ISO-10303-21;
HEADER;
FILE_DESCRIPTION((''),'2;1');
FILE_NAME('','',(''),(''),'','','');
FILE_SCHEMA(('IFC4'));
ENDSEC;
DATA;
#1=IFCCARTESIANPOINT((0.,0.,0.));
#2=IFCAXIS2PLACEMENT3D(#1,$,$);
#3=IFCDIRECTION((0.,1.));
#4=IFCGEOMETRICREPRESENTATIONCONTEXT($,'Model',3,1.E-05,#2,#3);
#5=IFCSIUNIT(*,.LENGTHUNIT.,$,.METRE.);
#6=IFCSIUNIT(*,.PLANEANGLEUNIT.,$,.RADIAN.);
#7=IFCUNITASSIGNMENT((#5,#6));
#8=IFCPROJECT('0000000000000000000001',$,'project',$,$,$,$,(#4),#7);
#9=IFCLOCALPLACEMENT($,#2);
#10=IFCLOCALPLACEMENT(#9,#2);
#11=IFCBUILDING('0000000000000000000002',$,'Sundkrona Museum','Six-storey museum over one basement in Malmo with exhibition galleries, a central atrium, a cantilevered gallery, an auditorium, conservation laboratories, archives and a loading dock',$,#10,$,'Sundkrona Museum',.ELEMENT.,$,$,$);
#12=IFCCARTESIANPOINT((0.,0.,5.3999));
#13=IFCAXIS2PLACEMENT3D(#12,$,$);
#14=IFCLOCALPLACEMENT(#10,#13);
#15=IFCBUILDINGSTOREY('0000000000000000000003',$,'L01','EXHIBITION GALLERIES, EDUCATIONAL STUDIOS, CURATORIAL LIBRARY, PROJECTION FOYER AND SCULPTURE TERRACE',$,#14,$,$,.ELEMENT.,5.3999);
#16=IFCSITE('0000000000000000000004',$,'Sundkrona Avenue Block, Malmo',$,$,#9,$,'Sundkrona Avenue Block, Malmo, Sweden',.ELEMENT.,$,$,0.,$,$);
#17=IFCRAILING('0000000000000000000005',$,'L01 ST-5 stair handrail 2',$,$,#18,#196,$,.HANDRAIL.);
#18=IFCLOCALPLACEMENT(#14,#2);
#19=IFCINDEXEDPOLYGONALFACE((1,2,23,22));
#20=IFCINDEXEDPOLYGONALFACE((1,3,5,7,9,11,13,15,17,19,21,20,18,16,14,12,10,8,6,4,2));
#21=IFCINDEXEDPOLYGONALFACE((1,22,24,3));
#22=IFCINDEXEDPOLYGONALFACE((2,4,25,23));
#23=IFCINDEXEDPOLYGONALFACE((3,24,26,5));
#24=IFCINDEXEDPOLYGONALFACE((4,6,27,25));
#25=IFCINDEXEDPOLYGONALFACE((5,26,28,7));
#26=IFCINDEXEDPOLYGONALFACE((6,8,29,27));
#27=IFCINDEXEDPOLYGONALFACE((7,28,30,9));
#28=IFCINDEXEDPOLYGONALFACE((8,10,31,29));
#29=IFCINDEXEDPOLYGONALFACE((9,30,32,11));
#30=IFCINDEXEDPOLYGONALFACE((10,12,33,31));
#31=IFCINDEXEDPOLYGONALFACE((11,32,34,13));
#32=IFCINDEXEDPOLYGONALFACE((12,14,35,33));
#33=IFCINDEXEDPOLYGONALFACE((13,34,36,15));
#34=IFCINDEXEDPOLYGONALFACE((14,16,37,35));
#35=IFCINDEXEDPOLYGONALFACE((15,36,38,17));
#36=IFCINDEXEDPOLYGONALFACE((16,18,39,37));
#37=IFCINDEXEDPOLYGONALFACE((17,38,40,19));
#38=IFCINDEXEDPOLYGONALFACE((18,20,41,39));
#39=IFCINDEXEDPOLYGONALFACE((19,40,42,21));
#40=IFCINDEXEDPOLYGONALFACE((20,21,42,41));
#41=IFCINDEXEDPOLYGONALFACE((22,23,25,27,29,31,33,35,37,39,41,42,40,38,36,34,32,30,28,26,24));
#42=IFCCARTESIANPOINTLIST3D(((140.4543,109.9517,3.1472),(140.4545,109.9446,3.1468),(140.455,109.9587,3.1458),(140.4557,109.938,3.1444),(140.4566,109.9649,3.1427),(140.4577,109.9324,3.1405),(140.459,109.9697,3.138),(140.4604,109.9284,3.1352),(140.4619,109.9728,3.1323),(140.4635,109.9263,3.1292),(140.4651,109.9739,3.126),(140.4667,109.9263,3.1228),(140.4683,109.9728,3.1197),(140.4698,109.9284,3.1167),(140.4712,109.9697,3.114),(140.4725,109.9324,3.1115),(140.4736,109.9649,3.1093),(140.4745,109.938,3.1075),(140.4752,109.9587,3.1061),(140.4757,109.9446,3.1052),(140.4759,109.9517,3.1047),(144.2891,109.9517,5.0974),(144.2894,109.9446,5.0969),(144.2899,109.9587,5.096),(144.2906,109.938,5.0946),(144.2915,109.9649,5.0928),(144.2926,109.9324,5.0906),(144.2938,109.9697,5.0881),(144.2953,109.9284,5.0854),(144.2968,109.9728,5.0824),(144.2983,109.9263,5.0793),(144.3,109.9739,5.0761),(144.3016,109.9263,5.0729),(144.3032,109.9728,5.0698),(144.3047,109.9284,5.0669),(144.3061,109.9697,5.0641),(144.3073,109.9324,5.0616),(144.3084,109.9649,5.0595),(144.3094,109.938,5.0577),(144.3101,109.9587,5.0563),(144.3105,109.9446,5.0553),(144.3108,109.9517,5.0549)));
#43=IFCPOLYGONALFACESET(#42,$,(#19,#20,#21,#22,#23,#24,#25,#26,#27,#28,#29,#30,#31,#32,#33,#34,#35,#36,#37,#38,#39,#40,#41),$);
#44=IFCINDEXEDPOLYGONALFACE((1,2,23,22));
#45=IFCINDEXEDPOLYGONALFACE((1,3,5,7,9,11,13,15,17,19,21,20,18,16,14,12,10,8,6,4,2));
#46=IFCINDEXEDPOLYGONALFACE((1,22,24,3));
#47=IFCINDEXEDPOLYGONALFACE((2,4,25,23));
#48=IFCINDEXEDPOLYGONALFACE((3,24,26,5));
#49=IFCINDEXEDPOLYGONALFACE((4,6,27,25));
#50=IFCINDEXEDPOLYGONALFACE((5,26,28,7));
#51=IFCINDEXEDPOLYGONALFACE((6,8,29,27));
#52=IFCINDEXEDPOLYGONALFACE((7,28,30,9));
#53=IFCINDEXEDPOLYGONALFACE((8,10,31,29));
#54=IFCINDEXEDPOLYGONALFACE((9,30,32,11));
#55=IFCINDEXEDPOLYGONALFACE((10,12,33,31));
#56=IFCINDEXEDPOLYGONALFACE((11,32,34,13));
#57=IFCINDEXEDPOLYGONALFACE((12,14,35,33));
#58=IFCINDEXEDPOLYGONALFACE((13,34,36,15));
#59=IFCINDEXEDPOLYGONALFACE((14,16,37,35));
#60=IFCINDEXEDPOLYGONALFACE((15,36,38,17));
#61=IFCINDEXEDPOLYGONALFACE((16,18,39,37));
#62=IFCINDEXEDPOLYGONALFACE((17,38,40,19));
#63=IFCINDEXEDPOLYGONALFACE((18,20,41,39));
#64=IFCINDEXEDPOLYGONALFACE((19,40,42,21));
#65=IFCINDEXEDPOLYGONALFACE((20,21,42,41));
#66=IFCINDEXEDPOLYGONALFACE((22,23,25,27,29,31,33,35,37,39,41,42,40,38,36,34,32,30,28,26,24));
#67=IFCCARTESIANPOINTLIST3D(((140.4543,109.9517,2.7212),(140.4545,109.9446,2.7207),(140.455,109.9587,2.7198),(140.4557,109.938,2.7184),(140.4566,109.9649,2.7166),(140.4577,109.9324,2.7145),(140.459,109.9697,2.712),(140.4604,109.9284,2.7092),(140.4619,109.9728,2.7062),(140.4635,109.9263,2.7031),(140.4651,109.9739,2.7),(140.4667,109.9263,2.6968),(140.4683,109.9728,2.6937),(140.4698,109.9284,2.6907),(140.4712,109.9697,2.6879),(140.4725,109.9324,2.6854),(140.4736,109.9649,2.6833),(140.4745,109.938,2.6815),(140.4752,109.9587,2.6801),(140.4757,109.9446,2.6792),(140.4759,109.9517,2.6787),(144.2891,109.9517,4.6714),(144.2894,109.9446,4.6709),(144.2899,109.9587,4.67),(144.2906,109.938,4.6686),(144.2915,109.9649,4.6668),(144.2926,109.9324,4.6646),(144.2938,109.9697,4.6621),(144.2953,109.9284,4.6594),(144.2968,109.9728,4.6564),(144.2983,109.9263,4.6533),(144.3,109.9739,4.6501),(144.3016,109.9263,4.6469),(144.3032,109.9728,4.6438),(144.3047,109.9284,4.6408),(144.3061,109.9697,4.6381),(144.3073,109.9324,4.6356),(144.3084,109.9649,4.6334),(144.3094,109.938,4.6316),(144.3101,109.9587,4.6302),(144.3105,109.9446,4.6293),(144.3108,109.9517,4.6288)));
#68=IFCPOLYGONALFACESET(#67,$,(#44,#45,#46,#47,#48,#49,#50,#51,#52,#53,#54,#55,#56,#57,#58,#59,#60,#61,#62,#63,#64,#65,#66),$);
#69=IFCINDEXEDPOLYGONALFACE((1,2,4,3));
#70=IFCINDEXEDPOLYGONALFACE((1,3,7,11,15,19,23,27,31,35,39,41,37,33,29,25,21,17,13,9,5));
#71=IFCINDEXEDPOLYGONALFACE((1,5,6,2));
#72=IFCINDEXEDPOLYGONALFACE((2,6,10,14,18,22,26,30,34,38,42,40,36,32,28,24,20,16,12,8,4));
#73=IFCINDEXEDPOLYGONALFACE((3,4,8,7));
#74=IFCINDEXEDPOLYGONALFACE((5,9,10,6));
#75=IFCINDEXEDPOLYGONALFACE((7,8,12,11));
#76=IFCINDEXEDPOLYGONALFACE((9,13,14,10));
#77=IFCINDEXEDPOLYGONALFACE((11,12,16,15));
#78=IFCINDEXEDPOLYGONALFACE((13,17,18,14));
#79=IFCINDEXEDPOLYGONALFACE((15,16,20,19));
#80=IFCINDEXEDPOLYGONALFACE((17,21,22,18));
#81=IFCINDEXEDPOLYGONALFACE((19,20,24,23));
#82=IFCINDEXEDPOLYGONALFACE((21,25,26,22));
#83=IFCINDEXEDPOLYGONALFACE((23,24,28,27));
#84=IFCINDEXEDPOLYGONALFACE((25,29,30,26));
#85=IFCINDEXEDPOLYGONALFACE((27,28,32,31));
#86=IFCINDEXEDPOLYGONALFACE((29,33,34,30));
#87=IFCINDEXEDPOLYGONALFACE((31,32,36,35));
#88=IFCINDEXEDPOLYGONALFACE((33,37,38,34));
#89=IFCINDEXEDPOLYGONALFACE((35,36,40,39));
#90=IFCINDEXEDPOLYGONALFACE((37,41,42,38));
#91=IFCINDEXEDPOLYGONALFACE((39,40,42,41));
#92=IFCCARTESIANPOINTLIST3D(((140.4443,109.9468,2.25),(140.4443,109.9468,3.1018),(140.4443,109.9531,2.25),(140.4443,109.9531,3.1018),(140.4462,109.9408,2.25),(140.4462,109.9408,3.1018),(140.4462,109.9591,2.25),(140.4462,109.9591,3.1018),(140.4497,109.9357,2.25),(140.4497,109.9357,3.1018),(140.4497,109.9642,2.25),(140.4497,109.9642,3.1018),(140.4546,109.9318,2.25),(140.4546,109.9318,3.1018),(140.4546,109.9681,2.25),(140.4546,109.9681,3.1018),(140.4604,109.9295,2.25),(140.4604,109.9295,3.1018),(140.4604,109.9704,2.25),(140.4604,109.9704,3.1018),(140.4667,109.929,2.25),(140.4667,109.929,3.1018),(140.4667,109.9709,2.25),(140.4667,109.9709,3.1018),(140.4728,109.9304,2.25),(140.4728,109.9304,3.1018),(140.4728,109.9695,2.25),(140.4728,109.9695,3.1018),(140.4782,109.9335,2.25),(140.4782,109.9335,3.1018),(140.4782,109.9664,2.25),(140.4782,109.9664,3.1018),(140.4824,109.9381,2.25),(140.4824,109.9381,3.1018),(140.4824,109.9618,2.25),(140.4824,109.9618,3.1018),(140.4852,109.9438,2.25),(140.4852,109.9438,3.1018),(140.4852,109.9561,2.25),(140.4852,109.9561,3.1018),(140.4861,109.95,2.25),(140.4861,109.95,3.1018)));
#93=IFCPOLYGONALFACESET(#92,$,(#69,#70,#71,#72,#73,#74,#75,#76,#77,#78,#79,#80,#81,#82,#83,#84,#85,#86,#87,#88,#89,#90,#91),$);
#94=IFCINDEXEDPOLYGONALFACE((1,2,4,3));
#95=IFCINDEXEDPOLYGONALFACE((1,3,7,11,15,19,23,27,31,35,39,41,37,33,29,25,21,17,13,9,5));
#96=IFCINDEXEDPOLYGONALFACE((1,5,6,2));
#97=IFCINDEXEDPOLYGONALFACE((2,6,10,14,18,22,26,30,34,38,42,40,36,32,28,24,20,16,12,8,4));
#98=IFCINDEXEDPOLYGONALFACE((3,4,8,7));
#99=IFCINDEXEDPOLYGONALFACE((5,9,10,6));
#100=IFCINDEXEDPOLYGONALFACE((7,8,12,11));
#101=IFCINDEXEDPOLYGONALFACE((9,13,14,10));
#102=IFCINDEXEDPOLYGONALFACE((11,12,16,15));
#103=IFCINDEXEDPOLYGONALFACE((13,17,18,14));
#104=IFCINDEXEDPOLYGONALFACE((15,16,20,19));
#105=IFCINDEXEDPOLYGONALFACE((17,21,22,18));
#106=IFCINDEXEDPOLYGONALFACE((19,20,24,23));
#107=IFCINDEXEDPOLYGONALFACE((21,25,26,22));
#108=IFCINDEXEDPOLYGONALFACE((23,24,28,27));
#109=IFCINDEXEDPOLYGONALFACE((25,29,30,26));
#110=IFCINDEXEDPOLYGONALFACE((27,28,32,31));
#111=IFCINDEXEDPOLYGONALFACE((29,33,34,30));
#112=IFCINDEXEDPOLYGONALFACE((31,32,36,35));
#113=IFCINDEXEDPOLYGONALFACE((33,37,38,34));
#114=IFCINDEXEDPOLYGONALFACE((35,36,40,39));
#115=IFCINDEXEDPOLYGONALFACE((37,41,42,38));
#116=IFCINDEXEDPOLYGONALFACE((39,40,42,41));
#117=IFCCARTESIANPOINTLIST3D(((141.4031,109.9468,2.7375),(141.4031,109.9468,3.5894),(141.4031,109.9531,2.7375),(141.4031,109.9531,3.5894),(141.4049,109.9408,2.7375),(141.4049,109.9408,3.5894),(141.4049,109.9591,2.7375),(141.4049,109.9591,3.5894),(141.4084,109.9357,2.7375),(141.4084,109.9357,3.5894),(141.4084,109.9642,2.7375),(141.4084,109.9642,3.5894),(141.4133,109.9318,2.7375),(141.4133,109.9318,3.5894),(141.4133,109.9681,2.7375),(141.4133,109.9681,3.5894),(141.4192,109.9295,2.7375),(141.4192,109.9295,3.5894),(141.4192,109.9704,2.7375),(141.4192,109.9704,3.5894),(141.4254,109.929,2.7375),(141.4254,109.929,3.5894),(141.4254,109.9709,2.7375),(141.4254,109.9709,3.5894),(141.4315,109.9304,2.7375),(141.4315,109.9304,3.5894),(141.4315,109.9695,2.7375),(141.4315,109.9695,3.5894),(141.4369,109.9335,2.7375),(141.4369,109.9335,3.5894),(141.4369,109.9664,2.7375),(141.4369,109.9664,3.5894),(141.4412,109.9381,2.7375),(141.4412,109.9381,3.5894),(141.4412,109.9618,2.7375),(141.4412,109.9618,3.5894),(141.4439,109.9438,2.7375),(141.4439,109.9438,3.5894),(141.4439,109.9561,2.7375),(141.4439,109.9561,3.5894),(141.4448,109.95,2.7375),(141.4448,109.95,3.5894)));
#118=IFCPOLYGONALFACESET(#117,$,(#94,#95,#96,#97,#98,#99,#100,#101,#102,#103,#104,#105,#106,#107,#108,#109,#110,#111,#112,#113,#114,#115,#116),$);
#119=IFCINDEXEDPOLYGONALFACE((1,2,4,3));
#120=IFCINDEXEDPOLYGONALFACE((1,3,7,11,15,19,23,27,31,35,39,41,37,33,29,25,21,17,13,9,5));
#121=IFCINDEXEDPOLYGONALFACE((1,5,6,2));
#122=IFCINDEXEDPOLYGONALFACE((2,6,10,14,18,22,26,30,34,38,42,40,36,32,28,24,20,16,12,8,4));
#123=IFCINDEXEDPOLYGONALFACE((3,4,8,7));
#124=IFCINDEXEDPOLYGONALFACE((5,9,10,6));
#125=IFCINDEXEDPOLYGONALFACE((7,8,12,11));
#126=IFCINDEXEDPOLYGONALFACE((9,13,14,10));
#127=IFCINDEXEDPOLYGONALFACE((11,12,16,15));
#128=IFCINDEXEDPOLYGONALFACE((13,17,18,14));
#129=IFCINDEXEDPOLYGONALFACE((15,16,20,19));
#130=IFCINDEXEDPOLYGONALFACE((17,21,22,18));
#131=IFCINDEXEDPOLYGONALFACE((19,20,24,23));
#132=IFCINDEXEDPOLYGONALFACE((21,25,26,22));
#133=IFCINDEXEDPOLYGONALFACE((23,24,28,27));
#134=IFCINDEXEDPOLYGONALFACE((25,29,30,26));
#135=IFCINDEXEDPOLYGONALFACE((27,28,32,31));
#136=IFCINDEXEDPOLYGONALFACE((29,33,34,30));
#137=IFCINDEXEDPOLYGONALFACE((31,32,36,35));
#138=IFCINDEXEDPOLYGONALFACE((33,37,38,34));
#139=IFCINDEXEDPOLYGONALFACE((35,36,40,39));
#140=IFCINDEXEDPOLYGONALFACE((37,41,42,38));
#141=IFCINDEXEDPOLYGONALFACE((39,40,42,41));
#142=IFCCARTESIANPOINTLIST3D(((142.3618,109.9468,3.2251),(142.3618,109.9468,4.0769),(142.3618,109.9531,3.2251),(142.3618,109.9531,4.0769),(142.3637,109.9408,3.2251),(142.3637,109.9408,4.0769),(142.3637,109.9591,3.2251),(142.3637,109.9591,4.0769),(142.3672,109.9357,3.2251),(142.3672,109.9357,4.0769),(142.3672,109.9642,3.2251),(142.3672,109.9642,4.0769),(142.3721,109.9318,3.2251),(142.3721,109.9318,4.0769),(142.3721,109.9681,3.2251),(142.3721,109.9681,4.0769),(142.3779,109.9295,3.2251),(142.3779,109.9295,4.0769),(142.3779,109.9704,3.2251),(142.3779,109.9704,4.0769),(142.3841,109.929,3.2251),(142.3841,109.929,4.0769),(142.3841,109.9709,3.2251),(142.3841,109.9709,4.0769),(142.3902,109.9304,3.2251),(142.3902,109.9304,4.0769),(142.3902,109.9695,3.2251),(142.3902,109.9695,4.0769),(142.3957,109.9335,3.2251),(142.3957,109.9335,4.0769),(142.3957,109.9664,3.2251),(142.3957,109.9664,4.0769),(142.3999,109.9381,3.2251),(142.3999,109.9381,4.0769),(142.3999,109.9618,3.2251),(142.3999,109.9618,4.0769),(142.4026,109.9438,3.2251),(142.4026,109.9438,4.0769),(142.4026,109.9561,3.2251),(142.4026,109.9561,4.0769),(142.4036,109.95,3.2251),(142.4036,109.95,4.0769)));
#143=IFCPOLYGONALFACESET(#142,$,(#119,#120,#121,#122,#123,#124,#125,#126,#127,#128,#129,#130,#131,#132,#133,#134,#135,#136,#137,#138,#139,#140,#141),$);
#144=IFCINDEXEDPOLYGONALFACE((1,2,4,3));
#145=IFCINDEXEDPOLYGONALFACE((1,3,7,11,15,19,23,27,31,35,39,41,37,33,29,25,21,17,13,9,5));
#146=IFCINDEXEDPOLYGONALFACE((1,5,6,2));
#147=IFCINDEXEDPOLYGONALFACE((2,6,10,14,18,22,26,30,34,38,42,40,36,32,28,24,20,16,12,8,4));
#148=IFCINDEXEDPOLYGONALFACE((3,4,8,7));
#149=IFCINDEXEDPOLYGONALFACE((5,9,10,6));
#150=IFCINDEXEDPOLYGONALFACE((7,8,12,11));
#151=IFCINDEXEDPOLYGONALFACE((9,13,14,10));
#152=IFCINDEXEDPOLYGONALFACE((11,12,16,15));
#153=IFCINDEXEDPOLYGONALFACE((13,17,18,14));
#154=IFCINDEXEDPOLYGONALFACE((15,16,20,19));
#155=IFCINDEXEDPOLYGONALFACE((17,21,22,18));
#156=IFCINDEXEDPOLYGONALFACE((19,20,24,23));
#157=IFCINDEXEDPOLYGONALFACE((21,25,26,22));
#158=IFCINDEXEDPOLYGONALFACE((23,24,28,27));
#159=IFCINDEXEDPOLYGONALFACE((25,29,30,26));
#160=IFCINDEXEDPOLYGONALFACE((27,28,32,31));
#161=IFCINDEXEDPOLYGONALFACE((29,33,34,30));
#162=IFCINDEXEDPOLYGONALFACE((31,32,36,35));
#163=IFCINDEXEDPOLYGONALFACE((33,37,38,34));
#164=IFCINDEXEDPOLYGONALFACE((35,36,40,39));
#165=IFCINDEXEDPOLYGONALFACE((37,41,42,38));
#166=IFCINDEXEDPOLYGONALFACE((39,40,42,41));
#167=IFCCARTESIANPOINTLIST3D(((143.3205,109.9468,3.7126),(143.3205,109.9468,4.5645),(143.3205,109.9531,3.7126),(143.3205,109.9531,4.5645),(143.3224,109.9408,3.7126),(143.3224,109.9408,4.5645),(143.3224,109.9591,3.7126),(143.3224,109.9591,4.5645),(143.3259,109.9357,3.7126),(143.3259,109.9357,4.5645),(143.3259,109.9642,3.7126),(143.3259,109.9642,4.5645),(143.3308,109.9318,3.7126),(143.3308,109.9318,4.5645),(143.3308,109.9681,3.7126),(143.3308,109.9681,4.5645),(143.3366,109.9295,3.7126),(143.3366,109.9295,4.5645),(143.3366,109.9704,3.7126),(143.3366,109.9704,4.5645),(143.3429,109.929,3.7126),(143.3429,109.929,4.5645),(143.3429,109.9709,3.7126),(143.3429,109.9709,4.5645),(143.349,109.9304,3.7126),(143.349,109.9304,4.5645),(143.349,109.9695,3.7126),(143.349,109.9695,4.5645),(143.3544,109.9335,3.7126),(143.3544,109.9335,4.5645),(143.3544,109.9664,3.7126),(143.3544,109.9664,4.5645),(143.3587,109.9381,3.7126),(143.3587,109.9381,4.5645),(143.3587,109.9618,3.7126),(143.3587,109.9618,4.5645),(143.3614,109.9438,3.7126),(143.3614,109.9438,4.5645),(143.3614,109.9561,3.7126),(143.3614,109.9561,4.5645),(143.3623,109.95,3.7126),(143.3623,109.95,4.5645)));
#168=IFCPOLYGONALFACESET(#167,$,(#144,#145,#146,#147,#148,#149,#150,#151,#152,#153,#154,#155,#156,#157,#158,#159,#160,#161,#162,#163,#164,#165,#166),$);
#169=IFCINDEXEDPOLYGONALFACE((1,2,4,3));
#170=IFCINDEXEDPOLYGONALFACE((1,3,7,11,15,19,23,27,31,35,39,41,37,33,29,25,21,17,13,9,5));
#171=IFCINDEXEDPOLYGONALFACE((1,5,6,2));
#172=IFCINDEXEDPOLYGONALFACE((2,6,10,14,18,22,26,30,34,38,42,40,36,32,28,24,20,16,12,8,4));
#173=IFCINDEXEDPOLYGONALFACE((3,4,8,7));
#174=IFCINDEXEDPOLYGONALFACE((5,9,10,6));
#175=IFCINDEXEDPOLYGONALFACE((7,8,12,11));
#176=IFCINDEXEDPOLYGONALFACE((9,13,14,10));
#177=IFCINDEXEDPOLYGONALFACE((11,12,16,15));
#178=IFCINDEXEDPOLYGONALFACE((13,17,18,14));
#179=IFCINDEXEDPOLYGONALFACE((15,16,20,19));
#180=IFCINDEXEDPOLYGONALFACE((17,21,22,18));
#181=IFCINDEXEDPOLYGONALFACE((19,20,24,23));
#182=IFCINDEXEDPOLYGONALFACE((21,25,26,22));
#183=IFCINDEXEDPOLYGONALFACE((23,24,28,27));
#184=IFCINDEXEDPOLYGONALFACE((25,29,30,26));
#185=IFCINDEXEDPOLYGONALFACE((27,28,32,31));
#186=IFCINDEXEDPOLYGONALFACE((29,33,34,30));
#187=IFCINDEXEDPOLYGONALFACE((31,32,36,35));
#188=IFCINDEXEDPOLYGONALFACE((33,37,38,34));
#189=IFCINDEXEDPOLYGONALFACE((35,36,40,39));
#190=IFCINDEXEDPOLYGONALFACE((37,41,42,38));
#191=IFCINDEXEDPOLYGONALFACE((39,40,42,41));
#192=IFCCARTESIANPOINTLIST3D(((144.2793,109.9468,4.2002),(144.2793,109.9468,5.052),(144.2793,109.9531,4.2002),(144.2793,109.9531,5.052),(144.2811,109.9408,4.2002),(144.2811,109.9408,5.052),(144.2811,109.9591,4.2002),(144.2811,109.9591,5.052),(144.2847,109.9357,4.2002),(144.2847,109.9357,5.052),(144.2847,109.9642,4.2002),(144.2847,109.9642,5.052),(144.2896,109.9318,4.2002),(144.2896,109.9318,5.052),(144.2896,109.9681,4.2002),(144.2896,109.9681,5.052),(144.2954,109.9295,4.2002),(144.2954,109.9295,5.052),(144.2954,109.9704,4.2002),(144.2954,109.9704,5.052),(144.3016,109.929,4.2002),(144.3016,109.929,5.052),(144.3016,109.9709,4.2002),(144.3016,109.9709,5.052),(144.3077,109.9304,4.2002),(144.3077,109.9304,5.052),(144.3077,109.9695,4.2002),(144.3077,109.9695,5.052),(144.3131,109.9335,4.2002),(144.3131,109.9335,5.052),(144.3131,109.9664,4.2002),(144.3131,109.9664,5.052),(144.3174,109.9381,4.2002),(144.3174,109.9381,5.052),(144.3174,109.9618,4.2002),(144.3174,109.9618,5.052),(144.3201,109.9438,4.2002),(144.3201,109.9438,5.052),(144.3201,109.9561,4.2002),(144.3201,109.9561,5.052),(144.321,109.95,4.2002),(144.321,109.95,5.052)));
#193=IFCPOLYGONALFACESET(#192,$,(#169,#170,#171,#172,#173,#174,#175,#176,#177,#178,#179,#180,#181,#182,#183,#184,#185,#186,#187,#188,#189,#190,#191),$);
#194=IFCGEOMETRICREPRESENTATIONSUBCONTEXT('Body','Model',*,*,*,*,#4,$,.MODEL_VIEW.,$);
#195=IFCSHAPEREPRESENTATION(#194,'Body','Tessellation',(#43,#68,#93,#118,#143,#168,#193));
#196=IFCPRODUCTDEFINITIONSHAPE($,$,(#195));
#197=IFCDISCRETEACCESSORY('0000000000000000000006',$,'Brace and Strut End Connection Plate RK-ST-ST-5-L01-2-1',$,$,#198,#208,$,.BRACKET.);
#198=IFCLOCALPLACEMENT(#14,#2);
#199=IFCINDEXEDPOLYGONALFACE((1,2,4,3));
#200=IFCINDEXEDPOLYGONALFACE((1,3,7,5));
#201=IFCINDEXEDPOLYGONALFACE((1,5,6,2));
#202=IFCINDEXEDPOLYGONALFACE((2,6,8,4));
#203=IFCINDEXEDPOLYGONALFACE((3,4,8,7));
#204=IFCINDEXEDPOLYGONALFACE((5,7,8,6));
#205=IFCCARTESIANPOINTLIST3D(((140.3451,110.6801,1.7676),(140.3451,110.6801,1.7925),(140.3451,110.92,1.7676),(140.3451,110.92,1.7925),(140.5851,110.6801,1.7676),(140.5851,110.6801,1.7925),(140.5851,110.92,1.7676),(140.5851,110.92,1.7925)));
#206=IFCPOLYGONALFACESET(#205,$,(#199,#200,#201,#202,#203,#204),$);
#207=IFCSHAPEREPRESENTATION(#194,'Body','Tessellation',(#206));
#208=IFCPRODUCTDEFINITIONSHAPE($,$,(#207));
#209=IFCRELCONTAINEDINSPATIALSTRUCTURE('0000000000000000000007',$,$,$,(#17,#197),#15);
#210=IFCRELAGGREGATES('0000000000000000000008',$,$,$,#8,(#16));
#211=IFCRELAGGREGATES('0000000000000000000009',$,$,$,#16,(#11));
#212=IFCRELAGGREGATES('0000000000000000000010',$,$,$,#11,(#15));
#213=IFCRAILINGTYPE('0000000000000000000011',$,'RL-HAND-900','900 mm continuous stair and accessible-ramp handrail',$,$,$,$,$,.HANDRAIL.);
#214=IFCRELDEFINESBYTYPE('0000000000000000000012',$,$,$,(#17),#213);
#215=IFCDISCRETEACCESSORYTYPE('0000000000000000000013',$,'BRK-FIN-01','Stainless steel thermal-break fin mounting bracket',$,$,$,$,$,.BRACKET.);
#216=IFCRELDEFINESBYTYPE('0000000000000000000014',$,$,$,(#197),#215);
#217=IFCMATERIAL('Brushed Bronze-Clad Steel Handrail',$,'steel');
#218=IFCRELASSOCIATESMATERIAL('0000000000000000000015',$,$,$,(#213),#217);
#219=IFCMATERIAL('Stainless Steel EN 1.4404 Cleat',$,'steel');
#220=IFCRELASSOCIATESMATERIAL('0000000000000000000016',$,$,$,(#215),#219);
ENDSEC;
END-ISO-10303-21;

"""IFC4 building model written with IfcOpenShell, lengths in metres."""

from ifc_helpers import new_model, si_unit, direction, frame, origin, origin_2d, place, context, subcontext, project, spatial, rectangle, circle, extrude, material, type_object, element, save


model = new_model("IFC4")

# Units and contexts
model_context = context("Model", 3, precision=1e-05, world=origin(), true_north=direction((0.0, 1.0)))
body_context = subcontext(model_context, "Body", "Model", "MODEL_VIEW")
ifc_project = project(units=[si_unit("LENGTHUNIT", "METRE"), si_unit("PLANEANGLEUNIT", "RADIAN")], contexts=[model_context])

# Site, building, storey
site_placement = place(None, origin())
site = spatial("IfcSite", under=ifc_project, at=site_placement, Name="Sundkrona Avenue Block, Malmo", LongName="Sundkrona Avenue Block, Malmo, Sweden", CompositionType="ELEMENT", RefElevation=0.0)
building_placement = place(site_placement, origin())
building = spatial("IfcBuilding", under=site, at=building_placement, Name="Sundkrona Museum", Description="Six-storey museum over one basement in Malmo with exhibition galleries, a central atrium, a cantilevered gallery, an auditorium, conservation laboratories, archives and a loading dock", LongName="Sundkrona Museum", CompositionType="ELEMENT")
storey_placement = place(building_placement, frame((0.0, 0.0, 5.3999)))
storey = spatial("IfcBuildingStorey", under=building, at=storey_placement, Name="L01", Description="EXHIBITION GALLERIES, EDUCATIONAL STUDIOS, CURATORIAL LIBRARY, PROJECTION FOYER AND SCULPTURE TERRACE", CompositionType="ELEMENT", Elevation=5.3999)

# Railing
ifc_material_1 = material(Name="Brushed Bronze-Clad Steel Handrail", Category="steel")
railing_type_1 = type_object("IfcRailingType", Name="RL-HAND-900", Description="900 mm continuous stair and accessible-ramp handrail", PredefinedType="HANDRAIL", material=ifc_material_1)
railing_1_placement = place(storey_placement, frame((140.4651, 109.95, 2.25)))
element("IfcRailing", 1, at=railing_1_placement, inside=storey, type_object=railing_type_1, Name="L01 ST-5 stair handrail 2", PredefinedType="HANDRAIL", context=body_context, shape_type="SweptSolid", body=[
    extrude(circle(Radius=0.0239, at=origin_2d()), frame((0.0, 0.0, 0.876), z_axis=(0.891365, 0.0, 0.453286), x_axis=(0.0, 1.0, 0.0)), (0.0, 0.0, 1.0), 4.3022),
    extrude(circle(Radius=0.0239, at=origin_2d()), frame((0.0, 0.0, 0.45), z_axis=(0.891365, 0.0, 0.453286), x_axis=(0.0, 1.0, 0.0)), (0.0, 0.0, 1.0), 4.3022),
    extrude(circle(Radius=0.021, at=origin_2d()), origin(), (0.0, 0.0, 1.0), 0.8518),
    extrude(circle(Radius=0.021, at=origin_2d()), frame((0.9587, 0.0, 0.4875)), (0.0, 0.0, 1.0), 0.8518),
    extrude(circle(Radius=0.021, at=origin_2d()), frame((1.9175, 0.0, 0.9751)), (0.0, 0.0, 1.0), 0.8518),
    extrude(circle(Radius=0.021, at=origin_2d()), frame((2.8762, 0.0, 1.4626)), (0.0, 0.0, 1.0), 0.8518),
    extrude(circle(Radius=0.021, at=origin_2d()), frame((3.835, 0.0, 1.9502)), (0.0, 0.0, 1.0), 0.8518),
])

# Discrete accessory
ifc_material_2 = material(Name="Stainless Steel EN 1.4404 Cleat", Category="steel")
discrete_accessory_type = type_object("IfcDiscreteAccessoryType", Name="BRK-FIN-01", Description="Stainless steel thermal-break fin mounting bracket", PredefinedType="BRACKET", material=ifc_material_2)
for number, where, z_axis, x_axis, name in (
    (2, (140.4651, 110.8, 1.7676), (0.0, 0.0, 1.0), (1.0, 0.0, 0.0), "Brace and Strut End Connection Plate RK-ST-ST-5-L01-2-1"),
):
    element("IfcDiscreteAccessory", number, at=place(storey_placement, frame(where, z_axis=z_axis, x_axis=x_axis)), inside=storey, type_object=discrete_accessory_type, Name=name, PredefinedType="BRACKET", context=body_context, shape_type="SweptSolid", body=[
        extrude(rectangle(XDim=0.24, YDim=0.24, at=origin_2d()), origin(), (0.0, 0.0, 1.0), 0.0249),
    ])

save(model, "model.ifc")
